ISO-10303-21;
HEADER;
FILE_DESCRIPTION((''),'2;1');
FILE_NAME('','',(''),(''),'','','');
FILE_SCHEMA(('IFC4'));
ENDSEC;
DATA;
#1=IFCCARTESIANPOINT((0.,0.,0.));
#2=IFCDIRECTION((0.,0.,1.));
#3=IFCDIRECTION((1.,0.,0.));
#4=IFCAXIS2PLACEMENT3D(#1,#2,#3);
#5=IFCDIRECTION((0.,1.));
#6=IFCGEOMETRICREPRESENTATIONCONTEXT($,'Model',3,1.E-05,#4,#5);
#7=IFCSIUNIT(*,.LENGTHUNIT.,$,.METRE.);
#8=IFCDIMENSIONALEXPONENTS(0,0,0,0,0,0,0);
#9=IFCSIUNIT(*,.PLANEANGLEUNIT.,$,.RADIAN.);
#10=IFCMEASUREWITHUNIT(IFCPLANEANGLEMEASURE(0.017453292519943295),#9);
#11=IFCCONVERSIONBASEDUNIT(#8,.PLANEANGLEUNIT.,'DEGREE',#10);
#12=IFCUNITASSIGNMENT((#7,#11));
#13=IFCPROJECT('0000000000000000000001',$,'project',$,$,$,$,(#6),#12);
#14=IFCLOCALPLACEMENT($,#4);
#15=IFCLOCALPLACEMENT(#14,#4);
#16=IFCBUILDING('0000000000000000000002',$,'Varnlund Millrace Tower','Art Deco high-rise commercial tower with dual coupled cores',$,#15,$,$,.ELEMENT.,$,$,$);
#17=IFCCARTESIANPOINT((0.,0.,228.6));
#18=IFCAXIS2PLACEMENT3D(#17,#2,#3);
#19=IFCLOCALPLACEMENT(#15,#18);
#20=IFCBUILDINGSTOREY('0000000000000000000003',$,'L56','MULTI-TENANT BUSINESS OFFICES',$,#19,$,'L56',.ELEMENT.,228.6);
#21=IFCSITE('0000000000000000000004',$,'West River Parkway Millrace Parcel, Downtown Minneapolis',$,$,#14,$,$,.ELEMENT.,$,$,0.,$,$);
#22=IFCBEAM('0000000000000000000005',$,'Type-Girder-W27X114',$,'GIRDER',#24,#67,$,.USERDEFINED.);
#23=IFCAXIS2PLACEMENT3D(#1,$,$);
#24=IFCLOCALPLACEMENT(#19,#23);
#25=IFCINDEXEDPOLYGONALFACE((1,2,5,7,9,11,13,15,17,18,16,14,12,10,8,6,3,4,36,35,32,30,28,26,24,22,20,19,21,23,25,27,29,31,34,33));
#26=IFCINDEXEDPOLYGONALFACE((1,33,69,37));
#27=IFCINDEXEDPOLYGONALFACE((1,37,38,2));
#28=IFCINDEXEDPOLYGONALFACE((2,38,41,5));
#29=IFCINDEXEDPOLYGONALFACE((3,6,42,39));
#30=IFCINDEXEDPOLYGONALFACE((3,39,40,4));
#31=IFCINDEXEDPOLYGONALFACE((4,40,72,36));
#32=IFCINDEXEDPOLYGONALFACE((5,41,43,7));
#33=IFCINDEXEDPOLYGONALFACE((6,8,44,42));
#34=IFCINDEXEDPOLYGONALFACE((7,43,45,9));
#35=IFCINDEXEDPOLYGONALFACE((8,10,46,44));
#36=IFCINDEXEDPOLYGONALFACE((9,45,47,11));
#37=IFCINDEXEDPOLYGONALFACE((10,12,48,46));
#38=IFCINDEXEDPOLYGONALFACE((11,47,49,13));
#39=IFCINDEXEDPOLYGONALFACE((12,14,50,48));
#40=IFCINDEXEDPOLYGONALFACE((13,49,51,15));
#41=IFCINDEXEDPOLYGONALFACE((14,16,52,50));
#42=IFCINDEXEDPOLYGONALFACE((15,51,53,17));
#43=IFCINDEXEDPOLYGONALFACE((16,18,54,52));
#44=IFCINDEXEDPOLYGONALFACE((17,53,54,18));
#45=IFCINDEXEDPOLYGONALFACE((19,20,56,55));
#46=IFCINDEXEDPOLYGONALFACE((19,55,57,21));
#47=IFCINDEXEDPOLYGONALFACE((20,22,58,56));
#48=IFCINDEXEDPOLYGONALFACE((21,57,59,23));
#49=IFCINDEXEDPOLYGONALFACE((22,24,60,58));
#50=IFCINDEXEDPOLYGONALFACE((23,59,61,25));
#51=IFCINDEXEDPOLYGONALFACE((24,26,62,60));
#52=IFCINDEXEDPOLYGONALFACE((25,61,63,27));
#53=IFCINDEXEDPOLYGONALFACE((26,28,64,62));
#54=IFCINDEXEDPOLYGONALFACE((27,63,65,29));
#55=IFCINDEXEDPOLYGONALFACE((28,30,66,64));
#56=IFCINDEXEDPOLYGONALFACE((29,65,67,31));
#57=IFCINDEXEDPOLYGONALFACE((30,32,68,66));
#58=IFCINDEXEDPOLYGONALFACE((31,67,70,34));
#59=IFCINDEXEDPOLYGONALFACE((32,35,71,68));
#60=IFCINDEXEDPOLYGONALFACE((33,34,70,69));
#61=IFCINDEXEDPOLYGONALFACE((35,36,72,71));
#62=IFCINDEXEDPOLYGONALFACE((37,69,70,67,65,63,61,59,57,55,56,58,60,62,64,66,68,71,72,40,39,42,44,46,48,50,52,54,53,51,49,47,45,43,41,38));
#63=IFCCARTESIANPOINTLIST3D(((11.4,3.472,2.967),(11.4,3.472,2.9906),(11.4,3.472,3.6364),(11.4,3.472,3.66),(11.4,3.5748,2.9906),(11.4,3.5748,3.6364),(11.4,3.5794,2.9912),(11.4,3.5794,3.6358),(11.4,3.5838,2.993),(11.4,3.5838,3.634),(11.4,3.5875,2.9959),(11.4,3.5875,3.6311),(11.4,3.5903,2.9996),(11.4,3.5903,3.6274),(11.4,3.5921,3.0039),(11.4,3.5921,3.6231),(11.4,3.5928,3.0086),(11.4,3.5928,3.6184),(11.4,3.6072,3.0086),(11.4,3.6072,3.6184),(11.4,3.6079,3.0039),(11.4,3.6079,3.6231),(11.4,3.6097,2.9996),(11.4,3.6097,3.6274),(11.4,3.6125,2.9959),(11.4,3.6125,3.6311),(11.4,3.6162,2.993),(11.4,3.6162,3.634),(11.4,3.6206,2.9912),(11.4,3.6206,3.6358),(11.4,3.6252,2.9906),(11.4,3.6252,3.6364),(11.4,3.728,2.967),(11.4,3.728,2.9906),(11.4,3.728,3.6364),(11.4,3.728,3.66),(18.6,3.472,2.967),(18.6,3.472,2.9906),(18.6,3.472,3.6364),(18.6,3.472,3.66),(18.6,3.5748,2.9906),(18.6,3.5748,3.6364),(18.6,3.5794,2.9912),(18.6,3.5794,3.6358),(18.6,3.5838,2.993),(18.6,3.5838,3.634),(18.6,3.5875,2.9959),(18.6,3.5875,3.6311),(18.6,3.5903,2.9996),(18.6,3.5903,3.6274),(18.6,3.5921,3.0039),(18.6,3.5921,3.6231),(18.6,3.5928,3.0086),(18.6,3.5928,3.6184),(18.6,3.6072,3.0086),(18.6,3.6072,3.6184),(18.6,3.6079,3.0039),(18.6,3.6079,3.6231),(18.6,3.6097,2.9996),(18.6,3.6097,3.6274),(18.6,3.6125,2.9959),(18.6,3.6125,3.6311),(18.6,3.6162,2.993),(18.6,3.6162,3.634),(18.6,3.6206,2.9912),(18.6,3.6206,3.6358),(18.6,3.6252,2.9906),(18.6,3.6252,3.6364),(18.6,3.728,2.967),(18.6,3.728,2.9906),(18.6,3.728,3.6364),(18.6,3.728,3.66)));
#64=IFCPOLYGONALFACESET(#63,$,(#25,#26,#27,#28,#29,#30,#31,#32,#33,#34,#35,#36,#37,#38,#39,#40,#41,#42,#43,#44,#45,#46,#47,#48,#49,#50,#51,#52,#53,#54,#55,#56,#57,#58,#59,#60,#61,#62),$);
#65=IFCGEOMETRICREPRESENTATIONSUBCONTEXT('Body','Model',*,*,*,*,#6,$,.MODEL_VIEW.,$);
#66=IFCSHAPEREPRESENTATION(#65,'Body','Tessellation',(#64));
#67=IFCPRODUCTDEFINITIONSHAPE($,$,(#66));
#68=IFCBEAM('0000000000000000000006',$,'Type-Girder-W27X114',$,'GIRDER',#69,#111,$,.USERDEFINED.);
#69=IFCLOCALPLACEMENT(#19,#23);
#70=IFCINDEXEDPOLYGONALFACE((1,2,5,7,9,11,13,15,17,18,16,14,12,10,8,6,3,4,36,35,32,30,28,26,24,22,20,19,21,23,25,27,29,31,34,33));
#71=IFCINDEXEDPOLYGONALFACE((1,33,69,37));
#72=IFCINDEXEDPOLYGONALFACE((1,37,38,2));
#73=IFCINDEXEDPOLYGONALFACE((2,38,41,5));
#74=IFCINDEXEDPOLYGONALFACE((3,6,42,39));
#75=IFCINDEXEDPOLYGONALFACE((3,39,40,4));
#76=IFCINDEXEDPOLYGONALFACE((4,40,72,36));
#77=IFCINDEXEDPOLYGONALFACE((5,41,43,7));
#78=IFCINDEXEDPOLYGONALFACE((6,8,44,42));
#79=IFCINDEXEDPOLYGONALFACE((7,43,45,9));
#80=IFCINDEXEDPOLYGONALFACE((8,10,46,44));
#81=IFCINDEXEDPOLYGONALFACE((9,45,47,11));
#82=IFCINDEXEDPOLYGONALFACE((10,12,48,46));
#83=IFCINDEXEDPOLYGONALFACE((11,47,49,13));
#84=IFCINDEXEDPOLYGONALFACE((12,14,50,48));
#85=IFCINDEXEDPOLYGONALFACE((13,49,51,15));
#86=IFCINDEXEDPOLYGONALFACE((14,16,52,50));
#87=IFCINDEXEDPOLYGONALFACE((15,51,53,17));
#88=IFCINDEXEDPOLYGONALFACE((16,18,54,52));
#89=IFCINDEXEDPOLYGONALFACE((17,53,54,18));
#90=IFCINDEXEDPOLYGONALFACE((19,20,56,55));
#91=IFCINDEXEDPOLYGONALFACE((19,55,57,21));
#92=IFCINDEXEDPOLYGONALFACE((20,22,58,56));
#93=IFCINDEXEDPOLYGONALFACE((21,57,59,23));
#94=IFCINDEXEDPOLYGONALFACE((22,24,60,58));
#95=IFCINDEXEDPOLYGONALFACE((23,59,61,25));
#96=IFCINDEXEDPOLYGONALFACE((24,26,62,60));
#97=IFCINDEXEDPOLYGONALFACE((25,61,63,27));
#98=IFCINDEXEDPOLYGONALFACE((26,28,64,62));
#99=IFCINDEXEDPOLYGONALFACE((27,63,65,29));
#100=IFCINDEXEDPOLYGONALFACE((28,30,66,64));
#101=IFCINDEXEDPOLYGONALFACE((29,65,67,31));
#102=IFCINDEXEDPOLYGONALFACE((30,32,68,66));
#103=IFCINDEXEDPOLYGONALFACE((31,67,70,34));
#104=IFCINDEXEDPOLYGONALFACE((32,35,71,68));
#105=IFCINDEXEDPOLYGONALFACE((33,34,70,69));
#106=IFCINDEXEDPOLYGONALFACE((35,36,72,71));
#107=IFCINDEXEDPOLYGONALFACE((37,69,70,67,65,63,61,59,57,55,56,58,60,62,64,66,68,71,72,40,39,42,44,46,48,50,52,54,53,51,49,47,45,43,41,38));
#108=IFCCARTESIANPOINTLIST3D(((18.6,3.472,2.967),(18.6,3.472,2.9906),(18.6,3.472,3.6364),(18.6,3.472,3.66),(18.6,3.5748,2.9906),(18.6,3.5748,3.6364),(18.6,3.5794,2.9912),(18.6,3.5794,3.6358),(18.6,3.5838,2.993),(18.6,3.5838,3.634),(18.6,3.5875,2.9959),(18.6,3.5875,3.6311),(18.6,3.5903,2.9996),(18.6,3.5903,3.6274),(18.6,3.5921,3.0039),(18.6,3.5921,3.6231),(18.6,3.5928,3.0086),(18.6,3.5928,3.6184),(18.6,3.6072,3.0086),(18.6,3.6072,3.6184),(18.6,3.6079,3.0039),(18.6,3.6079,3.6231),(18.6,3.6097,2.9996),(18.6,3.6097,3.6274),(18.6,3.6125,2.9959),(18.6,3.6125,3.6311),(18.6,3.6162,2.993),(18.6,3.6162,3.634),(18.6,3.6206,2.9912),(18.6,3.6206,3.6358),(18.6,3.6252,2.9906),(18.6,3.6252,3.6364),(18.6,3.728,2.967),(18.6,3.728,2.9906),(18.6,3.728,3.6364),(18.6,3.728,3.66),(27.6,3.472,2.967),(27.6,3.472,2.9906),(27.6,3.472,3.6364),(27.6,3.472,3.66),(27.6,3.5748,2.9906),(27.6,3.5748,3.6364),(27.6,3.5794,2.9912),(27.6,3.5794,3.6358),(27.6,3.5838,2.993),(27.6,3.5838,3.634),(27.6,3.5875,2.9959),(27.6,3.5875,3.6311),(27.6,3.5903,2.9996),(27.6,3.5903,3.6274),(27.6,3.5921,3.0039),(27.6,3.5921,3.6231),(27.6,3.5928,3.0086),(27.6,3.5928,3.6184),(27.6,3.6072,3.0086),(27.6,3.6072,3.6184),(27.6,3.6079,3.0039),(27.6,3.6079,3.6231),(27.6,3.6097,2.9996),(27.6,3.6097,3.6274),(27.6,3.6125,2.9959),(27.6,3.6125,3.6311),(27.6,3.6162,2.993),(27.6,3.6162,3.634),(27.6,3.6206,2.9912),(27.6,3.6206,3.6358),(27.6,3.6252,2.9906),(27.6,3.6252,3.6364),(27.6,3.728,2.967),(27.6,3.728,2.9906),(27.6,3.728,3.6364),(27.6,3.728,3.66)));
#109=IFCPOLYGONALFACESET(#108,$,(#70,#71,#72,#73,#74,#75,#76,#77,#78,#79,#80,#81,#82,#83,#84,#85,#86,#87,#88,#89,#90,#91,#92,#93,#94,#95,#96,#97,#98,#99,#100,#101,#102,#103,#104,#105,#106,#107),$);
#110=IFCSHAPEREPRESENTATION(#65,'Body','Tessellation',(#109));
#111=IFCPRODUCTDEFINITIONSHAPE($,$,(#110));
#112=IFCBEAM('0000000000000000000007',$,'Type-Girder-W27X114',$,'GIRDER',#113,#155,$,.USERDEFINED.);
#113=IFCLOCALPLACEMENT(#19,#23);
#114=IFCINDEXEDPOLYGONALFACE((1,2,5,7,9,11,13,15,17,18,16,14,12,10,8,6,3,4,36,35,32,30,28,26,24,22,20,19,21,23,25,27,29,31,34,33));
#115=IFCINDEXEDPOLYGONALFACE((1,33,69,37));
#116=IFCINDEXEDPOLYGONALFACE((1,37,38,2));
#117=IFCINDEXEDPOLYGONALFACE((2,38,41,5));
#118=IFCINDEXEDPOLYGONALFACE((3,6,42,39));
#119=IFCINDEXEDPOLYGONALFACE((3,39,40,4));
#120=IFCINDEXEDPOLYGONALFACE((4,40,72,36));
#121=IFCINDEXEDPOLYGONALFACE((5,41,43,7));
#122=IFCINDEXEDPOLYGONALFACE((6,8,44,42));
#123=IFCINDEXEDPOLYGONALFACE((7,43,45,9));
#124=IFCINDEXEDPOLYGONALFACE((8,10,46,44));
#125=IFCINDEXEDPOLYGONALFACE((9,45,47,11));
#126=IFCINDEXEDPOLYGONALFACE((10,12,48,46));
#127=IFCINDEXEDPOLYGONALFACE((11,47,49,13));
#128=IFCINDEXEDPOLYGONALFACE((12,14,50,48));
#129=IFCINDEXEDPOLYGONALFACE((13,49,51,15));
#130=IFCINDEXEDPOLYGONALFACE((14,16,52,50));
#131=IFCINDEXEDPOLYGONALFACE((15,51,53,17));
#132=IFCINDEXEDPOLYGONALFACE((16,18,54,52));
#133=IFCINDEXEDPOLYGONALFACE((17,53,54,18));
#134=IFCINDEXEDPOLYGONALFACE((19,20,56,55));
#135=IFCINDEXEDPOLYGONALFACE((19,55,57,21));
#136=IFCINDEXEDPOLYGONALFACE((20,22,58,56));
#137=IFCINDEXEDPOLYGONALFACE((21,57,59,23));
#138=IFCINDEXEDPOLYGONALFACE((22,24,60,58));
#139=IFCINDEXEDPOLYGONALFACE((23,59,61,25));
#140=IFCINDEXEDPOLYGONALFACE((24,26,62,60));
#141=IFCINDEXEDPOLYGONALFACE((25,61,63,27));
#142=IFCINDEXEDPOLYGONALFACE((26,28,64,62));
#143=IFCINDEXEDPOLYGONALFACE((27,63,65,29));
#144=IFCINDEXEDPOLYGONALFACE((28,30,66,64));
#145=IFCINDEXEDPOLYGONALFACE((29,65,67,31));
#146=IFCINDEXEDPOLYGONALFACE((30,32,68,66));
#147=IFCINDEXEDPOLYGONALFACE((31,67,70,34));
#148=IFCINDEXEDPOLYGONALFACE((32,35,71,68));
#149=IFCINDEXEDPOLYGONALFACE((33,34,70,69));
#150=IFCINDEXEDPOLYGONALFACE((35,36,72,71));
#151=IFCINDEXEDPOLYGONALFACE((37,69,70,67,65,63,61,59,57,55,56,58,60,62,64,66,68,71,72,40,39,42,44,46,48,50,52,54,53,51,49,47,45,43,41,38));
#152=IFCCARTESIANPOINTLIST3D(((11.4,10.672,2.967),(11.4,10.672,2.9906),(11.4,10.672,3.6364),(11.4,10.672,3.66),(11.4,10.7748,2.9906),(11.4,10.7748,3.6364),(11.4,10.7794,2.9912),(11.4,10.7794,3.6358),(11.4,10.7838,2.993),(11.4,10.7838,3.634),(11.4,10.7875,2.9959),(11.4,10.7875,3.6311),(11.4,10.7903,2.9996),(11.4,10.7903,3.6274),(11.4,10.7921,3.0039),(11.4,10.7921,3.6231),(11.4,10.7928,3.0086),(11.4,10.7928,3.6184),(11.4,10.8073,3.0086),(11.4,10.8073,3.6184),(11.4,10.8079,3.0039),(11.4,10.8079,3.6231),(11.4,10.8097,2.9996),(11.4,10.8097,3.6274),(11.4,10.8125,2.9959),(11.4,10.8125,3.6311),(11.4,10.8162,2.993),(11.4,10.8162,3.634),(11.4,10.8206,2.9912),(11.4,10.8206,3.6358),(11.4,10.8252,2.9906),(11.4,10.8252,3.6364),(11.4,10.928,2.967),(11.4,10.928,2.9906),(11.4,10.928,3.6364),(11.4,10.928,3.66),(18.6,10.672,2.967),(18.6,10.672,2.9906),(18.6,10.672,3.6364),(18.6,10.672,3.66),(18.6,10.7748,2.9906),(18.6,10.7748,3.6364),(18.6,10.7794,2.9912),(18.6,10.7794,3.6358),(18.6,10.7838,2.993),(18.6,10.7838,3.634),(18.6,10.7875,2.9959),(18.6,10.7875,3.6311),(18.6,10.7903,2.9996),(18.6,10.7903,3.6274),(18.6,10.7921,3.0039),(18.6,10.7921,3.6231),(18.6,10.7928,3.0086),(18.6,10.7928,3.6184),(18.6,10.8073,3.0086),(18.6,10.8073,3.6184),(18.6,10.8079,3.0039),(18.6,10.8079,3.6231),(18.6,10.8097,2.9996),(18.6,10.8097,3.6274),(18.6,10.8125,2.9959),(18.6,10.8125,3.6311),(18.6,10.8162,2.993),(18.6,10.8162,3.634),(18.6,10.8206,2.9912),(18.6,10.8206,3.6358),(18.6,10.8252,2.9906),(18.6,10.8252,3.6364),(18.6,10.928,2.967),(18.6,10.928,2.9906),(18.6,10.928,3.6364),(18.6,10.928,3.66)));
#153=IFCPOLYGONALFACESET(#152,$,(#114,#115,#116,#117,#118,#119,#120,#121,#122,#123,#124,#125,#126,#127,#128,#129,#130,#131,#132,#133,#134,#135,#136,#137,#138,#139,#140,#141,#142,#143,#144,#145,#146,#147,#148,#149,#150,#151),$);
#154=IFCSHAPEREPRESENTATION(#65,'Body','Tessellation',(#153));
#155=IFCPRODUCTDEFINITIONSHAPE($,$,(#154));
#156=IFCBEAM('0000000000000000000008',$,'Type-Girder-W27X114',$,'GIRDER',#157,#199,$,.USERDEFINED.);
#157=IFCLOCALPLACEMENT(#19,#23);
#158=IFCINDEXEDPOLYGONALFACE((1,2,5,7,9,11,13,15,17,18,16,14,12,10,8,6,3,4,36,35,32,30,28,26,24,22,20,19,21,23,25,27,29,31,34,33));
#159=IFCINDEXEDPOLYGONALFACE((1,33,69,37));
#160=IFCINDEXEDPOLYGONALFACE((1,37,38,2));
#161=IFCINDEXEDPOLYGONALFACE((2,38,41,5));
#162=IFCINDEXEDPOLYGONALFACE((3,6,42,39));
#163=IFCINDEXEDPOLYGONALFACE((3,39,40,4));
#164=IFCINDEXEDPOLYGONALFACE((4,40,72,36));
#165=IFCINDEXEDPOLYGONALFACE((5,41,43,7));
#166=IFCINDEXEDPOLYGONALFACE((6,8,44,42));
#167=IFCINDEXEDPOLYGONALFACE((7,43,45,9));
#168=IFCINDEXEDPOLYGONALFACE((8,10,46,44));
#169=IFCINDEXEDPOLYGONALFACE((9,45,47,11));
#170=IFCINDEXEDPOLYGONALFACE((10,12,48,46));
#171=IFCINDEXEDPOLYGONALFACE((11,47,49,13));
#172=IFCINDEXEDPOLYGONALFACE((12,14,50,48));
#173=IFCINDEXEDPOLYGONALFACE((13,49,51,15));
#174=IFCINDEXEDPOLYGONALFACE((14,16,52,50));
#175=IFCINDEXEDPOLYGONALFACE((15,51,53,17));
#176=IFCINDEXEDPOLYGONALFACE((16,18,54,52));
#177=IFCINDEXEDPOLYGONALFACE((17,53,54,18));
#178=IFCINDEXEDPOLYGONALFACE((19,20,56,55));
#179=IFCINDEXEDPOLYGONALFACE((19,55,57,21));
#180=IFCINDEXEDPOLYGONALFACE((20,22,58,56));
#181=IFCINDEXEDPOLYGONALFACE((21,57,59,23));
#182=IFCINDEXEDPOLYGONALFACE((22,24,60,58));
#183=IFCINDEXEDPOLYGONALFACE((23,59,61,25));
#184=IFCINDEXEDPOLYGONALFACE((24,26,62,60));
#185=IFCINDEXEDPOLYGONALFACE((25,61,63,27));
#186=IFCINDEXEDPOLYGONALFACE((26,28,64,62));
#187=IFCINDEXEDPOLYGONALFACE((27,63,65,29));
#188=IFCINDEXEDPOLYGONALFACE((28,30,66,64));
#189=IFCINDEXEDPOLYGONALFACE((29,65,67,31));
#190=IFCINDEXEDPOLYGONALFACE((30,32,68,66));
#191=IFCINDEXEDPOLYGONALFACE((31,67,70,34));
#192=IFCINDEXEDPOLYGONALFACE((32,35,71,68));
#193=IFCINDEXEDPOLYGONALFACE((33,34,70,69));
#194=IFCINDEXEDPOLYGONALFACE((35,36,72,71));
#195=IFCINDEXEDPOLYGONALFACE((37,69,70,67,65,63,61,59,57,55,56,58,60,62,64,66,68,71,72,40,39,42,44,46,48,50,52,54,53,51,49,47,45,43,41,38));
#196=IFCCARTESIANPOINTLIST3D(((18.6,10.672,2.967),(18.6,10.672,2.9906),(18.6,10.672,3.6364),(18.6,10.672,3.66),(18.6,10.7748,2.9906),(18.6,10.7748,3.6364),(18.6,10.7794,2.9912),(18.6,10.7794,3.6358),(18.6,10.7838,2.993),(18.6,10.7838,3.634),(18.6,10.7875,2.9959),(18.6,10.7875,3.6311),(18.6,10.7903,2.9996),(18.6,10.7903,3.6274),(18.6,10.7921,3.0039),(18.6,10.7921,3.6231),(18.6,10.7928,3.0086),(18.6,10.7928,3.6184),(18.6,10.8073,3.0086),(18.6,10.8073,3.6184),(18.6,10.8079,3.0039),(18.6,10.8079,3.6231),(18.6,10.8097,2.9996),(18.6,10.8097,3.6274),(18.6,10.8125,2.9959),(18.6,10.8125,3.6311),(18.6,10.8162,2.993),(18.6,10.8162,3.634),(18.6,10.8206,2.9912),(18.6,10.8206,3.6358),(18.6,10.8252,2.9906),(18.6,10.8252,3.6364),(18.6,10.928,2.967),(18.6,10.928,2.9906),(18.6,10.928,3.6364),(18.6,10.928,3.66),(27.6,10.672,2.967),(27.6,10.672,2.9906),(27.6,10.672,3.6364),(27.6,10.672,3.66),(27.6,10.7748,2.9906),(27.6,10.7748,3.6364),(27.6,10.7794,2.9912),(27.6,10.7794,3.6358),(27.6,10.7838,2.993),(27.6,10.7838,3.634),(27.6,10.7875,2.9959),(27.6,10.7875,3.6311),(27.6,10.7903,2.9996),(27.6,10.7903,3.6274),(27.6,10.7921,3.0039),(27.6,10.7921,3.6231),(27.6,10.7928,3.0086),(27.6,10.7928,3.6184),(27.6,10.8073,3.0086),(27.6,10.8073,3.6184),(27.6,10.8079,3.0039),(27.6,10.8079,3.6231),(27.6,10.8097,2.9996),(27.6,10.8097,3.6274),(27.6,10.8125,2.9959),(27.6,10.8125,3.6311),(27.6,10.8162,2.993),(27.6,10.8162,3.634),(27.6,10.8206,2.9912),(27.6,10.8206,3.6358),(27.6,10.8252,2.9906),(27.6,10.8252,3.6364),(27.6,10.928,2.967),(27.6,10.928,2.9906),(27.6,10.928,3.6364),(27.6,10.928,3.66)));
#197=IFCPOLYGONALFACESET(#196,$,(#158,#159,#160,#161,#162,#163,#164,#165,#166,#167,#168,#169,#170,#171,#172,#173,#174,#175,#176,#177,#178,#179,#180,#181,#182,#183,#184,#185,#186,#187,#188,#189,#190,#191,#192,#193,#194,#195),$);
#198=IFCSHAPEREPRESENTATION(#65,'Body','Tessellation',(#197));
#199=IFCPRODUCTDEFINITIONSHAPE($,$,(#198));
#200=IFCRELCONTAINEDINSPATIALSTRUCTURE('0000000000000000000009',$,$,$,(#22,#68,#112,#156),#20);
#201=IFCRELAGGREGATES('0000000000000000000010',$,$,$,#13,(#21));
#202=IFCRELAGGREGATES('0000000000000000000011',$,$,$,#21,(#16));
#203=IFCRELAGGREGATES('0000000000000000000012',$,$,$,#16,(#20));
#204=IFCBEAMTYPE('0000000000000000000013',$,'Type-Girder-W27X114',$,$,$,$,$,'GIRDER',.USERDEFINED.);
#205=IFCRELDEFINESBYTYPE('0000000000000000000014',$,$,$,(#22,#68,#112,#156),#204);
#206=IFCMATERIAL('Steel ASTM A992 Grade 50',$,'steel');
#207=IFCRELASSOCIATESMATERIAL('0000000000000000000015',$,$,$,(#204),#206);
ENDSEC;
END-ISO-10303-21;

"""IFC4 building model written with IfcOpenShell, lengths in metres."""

from ifc_helpers import new_model, entity, si_unit, converted_unit, direction, frame, origin_with_axes, origin_2d_with_axis, place, context, subcontext, project, spatial, i_section, extrude, material, material_profile, profile_set, type_object, element, save


model = new_model("IFC4")

# Units and contexts
model_context = context("Model", 3, precision=1e-05, world=origin_with_axes(), true_north=direction((0.0, 1.0)))
body_context = subcontext(model_context, "Body", "Model", "MODEL_VIEW")
ifc_project = project(units=[si_unit("LENGTHUNIT", "METRE"), converted_unit("PLANEANGLEUNIT", "DEGREE", entity("IfcPlaneAngleMeasure", 0.017453292519943295), si_unit("PLANEANGLEUNIT", "RADIAN"), dimensions=[0, 0, 0, 0, 0, 0, 0])], contexts=[model_context])

# Site, building, storey
site_placement = place(None, origin_with_axes())
site = spatial("IfcSite", under=ifc_project, at=site_placement, Name="West River Parkway Millrace Parcel, Downtown Minneapolis", CompositionType="ELEMENT", RefElevation=0.0)
building_placement = place(site_placement, origin_with_axes())
building = spatial("IfcBuilding", under=site, at=building_placement, Name="Varnlund Millrace Tower", Description="Art Deco high-rise commercial tower with dual coupled cores", CompositionType="ELEMENT")
storey_placement = place(building_placement, frame((0.0, 0.0, 228.6), z_axis=(0.0, 0.0, 1.0), x_axis=(1.0, 0.0, 0.0)))
storey = spatial("IfcBuildingStorey", under=building, at=storey_placement, Name="L56", Description="MULTI-TENANT BUSINESS OFFICES", LongName="L56", CompositionType="ELEMENT", Elevation=228.6)

# Beams
ifc_material_1 = material(Name="Steel ASTM A992 Grade 50", Category="steel")
ifc_material_profile_1 = material_profile(ifc_material_1, i_section(OverallWidth=0.256, OverallDepth=0.693, WebThickness=0.0145, FlangeThickness=0.0236, FilletRadius=0.018, at=origin_2d_with_axis()), Name="Steel ASTM A992 Grade 50")
ifc_profile_set_1 = profile_set([ifc_material_profile_1], Name="Steel ASTM A992 Grade 50")
beam_type_1 = type_object("IfcBeamType", Name="Type-Girder-W27X114", ElementType="GIRDER", PredefinedType="USERDEFINED", material=ifc_profile_set_1)
beam_1_placement = place(storey_placement, frame((11.4, 3.6, 3.3135), z_axis=(1.0, 0.0, 0.0), x_axis=(0.0, 1.0, 0.0)))
element("IfcBeam", 1, at=beam_1_placement, inside=storey, type_object=beam_type_1, Name="Type-Girder-W27X114", ObjectType="GIRDER", PredefinedType="USERDEFINED", context=body_context, shape_type="SweptSolid", body=[
    extrude(i_section(OverallWidth=0.256, OverallDepth=0.693, WebThickness=0.0145, FlangeThickness=0.0236, FilletRadius=0.018, at=origin_2d_with_axis()), origin_with_axes(), (0.0, 0.0, 1.0), 7.2),
])
beam_2_placement = place(storey_placement, frame((18.6, 3.6, 3.3135), z_axis=(1.0, 0.0, 0.0), x_axis=(0.0, 1.0, 0.0)))
element("IfcBeam", 2, at=beam_2_placement, inside=storey, type_object=beam_type_1, Name="Type-Girder-W27X114", ObjectType="GIRDER", PredefinedType="USERDEFINED", context=body_context, shape_type="SweptSolid", body=[
    extrude(i_section(OverallWidth=0.256, OverallDepth=0.693, WebThickness=0.0145, FlangeThickness=0.0236, FilletRadius=0.018, at=origin_2d_with_axis()), origin_with_axes(), (0.0, 0.0, 1.0), 9.0),
])
beam_3_placement = place(storey_placement, frame((11.4, 10.8, 3.3135), z_axis=(1.0, 0.0, 0.0), x_axis=(0.0, 1.0, 0.0)))
element("IfcBeam", 3, at=beam_3_placement, inside=storey, type_object=beam_type_1, Name="Type-Girder-W27X114", ObjectType="GIRDER", PredefinedType="USERDEFINED", context=body_context, shape_type="SweptSolid", body=[
    extrude(i_section(OverallWidth=0.256, OverallDepth=0.693, WebThickness=0.0145, FlangeThickness=0.0236, FilletRadius=0.018, at=origin_2d_with_axis()), origin_with_axes(), (0.0, 0.0, 1.0), 7.2),
])
for number, where, z_axis, x_axis, name in (
    (4, (18.6, 10.8, 3.3135), (1.0, 0.0, 0.0), (0.0, 1.0, 0.0), "Type-Girder-W27X114"),
):
    element("IfcBeam", number, at=place(storey_placement, frame(where, z_axis=z_axis, x_axis=x_axis)), inside=storey, type_object=beam_type_1, Name=name, ObjectType="GIRDER", PredefinedType="USERDEFINED", context=body_context, shape_type="SweptSolid", body=[
        extrude(i_section(OverallWidth=0.256, OverallDepth=0.693, WebThickness=0.0145, FlangeThickness=0.0236, FilletRadius=0.018, at=origin_2d_with_axis()), origin_with_axes(), (0.0, 0.0, 1.0), 9.0),
    ])

save(model, "model.ifc")
